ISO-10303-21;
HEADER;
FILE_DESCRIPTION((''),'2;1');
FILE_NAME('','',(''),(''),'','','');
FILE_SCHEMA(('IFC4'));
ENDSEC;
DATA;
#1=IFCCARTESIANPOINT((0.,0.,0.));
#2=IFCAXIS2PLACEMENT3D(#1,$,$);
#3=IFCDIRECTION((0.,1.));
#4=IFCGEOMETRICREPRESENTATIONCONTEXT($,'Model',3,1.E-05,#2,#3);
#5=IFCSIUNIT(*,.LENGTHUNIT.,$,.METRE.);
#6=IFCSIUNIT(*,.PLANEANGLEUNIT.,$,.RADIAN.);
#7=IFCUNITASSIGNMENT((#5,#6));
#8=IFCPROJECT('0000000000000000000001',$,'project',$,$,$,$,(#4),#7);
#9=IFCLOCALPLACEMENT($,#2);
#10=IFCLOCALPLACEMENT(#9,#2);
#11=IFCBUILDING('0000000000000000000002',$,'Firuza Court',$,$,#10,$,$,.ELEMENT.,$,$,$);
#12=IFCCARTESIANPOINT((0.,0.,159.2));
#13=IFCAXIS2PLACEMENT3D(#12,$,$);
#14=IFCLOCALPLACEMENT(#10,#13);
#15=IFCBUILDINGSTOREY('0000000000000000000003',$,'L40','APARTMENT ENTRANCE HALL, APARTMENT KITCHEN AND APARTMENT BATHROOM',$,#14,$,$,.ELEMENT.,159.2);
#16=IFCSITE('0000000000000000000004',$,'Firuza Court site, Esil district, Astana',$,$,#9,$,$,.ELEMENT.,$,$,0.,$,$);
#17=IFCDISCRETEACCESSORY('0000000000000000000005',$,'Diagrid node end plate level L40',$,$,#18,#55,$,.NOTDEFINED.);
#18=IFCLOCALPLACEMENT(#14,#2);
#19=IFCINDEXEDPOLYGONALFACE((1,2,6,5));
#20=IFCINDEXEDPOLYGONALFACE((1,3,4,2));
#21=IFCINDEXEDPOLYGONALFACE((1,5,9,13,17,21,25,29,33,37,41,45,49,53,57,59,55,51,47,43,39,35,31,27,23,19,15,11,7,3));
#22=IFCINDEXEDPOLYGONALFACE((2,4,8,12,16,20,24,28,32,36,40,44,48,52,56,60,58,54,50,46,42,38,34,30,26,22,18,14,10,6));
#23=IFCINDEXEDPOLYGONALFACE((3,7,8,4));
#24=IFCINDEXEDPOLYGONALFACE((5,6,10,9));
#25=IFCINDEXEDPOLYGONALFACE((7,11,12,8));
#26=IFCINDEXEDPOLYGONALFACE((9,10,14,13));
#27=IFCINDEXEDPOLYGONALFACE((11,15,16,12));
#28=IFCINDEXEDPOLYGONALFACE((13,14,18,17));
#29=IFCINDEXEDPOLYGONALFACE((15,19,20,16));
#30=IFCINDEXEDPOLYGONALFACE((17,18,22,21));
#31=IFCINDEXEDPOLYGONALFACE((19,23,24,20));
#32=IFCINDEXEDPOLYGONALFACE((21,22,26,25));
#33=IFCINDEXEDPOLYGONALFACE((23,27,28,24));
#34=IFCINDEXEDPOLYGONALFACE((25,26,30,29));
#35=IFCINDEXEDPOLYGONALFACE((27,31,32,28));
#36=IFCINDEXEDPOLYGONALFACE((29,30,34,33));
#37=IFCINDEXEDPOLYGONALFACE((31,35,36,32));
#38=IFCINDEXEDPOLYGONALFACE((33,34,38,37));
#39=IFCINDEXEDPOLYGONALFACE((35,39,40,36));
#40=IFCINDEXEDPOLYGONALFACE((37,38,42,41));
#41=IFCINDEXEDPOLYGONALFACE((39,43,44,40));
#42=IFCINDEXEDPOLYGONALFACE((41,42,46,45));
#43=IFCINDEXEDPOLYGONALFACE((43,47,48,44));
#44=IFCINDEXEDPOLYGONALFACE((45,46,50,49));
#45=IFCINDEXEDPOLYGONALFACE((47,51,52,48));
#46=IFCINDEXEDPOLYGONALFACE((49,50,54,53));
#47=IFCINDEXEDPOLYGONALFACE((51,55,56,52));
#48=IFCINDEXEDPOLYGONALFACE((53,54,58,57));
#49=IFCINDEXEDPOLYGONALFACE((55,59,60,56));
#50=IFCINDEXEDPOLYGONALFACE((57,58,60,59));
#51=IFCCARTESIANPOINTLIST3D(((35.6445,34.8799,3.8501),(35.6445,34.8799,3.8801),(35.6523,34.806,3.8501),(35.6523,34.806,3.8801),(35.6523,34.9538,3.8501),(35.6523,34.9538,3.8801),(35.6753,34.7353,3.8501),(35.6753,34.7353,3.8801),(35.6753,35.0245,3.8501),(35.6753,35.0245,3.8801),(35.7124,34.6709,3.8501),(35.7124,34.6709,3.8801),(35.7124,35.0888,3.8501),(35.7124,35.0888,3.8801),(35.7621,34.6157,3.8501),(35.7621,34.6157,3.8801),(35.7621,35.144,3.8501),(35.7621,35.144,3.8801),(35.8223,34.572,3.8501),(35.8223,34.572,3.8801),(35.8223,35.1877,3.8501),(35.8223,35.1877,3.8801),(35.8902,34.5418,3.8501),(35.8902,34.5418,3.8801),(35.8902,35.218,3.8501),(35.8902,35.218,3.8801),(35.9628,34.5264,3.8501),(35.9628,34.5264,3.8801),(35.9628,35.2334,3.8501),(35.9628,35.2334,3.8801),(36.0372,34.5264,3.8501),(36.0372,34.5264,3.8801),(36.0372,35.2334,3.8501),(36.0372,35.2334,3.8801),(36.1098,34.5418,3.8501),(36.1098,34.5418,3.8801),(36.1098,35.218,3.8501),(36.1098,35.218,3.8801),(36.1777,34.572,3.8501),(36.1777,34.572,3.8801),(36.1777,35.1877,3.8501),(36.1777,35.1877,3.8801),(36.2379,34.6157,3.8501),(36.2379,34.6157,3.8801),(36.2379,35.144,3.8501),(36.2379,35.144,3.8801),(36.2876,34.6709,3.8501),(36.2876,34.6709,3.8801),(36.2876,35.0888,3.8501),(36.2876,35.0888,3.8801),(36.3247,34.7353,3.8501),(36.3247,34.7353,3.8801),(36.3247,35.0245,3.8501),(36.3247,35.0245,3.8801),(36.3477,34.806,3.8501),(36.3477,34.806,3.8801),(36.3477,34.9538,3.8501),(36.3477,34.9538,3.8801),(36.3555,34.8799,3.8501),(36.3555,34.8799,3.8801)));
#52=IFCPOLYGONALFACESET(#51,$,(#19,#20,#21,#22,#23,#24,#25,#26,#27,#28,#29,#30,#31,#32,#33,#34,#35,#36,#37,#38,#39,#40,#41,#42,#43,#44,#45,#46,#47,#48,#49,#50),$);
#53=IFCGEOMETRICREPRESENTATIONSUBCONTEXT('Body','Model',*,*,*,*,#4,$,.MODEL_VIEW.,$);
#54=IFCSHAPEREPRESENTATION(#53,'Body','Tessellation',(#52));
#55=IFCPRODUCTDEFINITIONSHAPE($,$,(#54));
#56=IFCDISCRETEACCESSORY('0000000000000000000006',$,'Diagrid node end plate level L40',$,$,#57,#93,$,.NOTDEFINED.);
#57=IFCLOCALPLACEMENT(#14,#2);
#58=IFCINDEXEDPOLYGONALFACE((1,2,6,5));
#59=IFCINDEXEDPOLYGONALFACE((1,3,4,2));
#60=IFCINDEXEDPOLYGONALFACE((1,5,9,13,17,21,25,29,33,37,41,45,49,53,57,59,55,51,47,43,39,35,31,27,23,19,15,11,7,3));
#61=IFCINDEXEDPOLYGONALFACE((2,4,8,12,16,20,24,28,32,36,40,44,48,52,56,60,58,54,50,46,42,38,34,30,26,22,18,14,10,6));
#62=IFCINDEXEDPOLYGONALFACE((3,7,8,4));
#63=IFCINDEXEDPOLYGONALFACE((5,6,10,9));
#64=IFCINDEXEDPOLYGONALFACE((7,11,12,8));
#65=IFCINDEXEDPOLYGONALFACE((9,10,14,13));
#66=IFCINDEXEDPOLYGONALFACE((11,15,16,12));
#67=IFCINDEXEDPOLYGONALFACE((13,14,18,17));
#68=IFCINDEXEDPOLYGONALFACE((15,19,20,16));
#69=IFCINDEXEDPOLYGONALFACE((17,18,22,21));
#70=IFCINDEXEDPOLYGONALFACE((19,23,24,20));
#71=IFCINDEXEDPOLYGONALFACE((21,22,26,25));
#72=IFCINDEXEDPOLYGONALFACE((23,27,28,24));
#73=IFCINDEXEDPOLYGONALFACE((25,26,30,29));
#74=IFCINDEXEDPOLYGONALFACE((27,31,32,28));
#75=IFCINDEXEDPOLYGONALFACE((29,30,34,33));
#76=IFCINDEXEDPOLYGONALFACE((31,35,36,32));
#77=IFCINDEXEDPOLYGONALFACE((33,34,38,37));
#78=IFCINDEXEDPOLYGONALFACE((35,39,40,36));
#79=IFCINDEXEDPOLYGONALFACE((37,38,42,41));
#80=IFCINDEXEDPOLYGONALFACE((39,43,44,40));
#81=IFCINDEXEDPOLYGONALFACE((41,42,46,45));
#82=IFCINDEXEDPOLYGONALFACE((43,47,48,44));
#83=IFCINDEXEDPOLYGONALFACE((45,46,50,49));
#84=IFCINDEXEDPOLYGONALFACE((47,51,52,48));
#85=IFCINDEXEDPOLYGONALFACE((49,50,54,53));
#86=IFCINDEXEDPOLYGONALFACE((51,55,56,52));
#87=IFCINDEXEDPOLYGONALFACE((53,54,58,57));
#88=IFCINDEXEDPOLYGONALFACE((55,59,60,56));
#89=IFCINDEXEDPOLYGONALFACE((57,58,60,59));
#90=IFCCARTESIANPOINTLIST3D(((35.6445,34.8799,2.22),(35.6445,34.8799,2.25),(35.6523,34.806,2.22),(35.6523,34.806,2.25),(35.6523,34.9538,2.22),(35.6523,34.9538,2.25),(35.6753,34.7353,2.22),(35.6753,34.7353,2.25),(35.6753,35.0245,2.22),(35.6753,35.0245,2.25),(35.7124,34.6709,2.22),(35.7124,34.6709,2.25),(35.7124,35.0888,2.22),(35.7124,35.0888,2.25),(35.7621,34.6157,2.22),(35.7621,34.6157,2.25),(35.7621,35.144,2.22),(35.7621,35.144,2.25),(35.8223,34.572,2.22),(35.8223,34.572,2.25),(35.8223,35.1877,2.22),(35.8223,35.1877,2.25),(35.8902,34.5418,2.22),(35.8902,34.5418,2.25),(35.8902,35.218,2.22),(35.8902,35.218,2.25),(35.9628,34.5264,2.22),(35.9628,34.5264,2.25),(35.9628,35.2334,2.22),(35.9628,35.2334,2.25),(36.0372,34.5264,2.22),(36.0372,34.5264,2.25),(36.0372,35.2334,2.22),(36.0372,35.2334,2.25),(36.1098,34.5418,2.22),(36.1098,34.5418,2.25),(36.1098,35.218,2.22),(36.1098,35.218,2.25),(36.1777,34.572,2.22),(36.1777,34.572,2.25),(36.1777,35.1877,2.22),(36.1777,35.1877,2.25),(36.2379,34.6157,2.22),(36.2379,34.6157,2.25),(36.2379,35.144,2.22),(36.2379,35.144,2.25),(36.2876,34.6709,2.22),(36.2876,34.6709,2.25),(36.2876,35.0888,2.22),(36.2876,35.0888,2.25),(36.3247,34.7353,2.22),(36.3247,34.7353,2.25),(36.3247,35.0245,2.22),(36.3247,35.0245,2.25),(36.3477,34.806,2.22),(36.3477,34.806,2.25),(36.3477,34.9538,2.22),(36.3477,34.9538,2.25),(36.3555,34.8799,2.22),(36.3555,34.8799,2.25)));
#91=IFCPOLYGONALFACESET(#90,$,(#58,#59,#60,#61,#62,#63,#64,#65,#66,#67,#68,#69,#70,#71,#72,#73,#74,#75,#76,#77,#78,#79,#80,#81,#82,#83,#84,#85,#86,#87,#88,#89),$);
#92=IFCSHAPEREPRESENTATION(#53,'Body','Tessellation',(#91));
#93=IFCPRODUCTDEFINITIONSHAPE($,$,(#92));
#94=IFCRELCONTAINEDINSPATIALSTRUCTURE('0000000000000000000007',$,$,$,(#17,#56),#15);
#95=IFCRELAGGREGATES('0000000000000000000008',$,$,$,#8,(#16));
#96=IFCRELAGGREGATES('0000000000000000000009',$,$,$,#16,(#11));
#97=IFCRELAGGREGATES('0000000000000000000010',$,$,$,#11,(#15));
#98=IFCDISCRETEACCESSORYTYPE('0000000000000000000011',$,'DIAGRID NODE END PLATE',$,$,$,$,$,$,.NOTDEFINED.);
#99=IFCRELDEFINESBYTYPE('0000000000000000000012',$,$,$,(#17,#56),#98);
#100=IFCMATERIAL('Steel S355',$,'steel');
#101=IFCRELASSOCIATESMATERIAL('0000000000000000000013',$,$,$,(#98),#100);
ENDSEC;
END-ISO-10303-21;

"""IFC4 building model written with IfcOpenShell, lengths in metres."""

from ifc_helpers import new_model, si_unit, direction, frame, origin, origin_2d, place, context, subcontext, project, spatial, circle, extrude, material, material_profile, profile_set, type_object, element, save


model = new_model("IFC4")

# Units and contexts
model_context = context("Model", 3, precision=1e-05, world=origin(), true_north=direction((0.0, 1.0)))
body_context = subcontext(model_context, "Body", "Model", "MODEL_VIEW")
ifc_project = project(units=[si_unit("LENGTHUNIT", "METRE"), si_unit("PLANEANGLEUNIT", "RADIAN")], contexts=[model_context])

# Site, building, storey
site_placement = place(None, origin())
site = spatial("IfcSite", under=ifc_project, at=site_placement, Name="Firuza Court site, Esil district, Astana", CompositionType="ELEMENT", RefElevation=0.0)
building_placement = place(site_placement, origin())
building = spatial("IfcBuilding", under=site, at=building_placement, Name="Firuza Court", CompositionType="ELEMENT")
storey_placement = place(building_placement, frame((0.0, 0.0, 159.2)))
storey = spatial("IfcBuildingStorey", under=building, at=storey_placement, Name="L40", Description="APARTMENT ENTRANCE HALL, APARTMENT KITCHEN AND APARTMENT BATHROOM", CompositionType="ELEMENT", Elevation=159.2)

# Discrete accessories
ifc_material_1 = material(Name="Steel S355", Category="steel")
ifc_material_profile_1 = material_profile(ifc_material_1, circle(Radius=0.3555, at=origin_2d()), Name="PL D711")
ifc_profile_set_1 = profile_set([ifc_material_profile_1], Name="Steel S355")
discrete_accessory_type = type_object("IfcDiscreteAccessoryType", Name="DIAGRID NODE END PLATE", PredefinedType="NOTDEFINED", material=ifc_profile_set_1)
for number, where, z_axis, x_axis, name in (
    (1, (36.0, 34.8799, 3.8501), (0.0, 0.0, 1.0), (1.0, 0.0, 0.0), "Diagrid node end plate level L40"),
    (2, (36.0, 34.8799, 2.22), (0.0, 0.0, 1.0), (1.0, 0.0, 0.0), "Diagrid node end plate level L40"),
):
    element("IfcDiscreteAccessory", number, at=place(storey_placement, frame(where, z_axis=z_axis, x_axis=x_axis)), inside=storey, type_object=discrete_accessory_type, Name=name, PredefinedType="NOTDEFINED", context=body_context, shape_type="SweptSolid", body=[
        extrude(circle(Radius=0.3555, at=origin_2d()), origin(), (0.0, 0.0, 1.0), 0.03),
    ])

save(model, "model.ifc")
